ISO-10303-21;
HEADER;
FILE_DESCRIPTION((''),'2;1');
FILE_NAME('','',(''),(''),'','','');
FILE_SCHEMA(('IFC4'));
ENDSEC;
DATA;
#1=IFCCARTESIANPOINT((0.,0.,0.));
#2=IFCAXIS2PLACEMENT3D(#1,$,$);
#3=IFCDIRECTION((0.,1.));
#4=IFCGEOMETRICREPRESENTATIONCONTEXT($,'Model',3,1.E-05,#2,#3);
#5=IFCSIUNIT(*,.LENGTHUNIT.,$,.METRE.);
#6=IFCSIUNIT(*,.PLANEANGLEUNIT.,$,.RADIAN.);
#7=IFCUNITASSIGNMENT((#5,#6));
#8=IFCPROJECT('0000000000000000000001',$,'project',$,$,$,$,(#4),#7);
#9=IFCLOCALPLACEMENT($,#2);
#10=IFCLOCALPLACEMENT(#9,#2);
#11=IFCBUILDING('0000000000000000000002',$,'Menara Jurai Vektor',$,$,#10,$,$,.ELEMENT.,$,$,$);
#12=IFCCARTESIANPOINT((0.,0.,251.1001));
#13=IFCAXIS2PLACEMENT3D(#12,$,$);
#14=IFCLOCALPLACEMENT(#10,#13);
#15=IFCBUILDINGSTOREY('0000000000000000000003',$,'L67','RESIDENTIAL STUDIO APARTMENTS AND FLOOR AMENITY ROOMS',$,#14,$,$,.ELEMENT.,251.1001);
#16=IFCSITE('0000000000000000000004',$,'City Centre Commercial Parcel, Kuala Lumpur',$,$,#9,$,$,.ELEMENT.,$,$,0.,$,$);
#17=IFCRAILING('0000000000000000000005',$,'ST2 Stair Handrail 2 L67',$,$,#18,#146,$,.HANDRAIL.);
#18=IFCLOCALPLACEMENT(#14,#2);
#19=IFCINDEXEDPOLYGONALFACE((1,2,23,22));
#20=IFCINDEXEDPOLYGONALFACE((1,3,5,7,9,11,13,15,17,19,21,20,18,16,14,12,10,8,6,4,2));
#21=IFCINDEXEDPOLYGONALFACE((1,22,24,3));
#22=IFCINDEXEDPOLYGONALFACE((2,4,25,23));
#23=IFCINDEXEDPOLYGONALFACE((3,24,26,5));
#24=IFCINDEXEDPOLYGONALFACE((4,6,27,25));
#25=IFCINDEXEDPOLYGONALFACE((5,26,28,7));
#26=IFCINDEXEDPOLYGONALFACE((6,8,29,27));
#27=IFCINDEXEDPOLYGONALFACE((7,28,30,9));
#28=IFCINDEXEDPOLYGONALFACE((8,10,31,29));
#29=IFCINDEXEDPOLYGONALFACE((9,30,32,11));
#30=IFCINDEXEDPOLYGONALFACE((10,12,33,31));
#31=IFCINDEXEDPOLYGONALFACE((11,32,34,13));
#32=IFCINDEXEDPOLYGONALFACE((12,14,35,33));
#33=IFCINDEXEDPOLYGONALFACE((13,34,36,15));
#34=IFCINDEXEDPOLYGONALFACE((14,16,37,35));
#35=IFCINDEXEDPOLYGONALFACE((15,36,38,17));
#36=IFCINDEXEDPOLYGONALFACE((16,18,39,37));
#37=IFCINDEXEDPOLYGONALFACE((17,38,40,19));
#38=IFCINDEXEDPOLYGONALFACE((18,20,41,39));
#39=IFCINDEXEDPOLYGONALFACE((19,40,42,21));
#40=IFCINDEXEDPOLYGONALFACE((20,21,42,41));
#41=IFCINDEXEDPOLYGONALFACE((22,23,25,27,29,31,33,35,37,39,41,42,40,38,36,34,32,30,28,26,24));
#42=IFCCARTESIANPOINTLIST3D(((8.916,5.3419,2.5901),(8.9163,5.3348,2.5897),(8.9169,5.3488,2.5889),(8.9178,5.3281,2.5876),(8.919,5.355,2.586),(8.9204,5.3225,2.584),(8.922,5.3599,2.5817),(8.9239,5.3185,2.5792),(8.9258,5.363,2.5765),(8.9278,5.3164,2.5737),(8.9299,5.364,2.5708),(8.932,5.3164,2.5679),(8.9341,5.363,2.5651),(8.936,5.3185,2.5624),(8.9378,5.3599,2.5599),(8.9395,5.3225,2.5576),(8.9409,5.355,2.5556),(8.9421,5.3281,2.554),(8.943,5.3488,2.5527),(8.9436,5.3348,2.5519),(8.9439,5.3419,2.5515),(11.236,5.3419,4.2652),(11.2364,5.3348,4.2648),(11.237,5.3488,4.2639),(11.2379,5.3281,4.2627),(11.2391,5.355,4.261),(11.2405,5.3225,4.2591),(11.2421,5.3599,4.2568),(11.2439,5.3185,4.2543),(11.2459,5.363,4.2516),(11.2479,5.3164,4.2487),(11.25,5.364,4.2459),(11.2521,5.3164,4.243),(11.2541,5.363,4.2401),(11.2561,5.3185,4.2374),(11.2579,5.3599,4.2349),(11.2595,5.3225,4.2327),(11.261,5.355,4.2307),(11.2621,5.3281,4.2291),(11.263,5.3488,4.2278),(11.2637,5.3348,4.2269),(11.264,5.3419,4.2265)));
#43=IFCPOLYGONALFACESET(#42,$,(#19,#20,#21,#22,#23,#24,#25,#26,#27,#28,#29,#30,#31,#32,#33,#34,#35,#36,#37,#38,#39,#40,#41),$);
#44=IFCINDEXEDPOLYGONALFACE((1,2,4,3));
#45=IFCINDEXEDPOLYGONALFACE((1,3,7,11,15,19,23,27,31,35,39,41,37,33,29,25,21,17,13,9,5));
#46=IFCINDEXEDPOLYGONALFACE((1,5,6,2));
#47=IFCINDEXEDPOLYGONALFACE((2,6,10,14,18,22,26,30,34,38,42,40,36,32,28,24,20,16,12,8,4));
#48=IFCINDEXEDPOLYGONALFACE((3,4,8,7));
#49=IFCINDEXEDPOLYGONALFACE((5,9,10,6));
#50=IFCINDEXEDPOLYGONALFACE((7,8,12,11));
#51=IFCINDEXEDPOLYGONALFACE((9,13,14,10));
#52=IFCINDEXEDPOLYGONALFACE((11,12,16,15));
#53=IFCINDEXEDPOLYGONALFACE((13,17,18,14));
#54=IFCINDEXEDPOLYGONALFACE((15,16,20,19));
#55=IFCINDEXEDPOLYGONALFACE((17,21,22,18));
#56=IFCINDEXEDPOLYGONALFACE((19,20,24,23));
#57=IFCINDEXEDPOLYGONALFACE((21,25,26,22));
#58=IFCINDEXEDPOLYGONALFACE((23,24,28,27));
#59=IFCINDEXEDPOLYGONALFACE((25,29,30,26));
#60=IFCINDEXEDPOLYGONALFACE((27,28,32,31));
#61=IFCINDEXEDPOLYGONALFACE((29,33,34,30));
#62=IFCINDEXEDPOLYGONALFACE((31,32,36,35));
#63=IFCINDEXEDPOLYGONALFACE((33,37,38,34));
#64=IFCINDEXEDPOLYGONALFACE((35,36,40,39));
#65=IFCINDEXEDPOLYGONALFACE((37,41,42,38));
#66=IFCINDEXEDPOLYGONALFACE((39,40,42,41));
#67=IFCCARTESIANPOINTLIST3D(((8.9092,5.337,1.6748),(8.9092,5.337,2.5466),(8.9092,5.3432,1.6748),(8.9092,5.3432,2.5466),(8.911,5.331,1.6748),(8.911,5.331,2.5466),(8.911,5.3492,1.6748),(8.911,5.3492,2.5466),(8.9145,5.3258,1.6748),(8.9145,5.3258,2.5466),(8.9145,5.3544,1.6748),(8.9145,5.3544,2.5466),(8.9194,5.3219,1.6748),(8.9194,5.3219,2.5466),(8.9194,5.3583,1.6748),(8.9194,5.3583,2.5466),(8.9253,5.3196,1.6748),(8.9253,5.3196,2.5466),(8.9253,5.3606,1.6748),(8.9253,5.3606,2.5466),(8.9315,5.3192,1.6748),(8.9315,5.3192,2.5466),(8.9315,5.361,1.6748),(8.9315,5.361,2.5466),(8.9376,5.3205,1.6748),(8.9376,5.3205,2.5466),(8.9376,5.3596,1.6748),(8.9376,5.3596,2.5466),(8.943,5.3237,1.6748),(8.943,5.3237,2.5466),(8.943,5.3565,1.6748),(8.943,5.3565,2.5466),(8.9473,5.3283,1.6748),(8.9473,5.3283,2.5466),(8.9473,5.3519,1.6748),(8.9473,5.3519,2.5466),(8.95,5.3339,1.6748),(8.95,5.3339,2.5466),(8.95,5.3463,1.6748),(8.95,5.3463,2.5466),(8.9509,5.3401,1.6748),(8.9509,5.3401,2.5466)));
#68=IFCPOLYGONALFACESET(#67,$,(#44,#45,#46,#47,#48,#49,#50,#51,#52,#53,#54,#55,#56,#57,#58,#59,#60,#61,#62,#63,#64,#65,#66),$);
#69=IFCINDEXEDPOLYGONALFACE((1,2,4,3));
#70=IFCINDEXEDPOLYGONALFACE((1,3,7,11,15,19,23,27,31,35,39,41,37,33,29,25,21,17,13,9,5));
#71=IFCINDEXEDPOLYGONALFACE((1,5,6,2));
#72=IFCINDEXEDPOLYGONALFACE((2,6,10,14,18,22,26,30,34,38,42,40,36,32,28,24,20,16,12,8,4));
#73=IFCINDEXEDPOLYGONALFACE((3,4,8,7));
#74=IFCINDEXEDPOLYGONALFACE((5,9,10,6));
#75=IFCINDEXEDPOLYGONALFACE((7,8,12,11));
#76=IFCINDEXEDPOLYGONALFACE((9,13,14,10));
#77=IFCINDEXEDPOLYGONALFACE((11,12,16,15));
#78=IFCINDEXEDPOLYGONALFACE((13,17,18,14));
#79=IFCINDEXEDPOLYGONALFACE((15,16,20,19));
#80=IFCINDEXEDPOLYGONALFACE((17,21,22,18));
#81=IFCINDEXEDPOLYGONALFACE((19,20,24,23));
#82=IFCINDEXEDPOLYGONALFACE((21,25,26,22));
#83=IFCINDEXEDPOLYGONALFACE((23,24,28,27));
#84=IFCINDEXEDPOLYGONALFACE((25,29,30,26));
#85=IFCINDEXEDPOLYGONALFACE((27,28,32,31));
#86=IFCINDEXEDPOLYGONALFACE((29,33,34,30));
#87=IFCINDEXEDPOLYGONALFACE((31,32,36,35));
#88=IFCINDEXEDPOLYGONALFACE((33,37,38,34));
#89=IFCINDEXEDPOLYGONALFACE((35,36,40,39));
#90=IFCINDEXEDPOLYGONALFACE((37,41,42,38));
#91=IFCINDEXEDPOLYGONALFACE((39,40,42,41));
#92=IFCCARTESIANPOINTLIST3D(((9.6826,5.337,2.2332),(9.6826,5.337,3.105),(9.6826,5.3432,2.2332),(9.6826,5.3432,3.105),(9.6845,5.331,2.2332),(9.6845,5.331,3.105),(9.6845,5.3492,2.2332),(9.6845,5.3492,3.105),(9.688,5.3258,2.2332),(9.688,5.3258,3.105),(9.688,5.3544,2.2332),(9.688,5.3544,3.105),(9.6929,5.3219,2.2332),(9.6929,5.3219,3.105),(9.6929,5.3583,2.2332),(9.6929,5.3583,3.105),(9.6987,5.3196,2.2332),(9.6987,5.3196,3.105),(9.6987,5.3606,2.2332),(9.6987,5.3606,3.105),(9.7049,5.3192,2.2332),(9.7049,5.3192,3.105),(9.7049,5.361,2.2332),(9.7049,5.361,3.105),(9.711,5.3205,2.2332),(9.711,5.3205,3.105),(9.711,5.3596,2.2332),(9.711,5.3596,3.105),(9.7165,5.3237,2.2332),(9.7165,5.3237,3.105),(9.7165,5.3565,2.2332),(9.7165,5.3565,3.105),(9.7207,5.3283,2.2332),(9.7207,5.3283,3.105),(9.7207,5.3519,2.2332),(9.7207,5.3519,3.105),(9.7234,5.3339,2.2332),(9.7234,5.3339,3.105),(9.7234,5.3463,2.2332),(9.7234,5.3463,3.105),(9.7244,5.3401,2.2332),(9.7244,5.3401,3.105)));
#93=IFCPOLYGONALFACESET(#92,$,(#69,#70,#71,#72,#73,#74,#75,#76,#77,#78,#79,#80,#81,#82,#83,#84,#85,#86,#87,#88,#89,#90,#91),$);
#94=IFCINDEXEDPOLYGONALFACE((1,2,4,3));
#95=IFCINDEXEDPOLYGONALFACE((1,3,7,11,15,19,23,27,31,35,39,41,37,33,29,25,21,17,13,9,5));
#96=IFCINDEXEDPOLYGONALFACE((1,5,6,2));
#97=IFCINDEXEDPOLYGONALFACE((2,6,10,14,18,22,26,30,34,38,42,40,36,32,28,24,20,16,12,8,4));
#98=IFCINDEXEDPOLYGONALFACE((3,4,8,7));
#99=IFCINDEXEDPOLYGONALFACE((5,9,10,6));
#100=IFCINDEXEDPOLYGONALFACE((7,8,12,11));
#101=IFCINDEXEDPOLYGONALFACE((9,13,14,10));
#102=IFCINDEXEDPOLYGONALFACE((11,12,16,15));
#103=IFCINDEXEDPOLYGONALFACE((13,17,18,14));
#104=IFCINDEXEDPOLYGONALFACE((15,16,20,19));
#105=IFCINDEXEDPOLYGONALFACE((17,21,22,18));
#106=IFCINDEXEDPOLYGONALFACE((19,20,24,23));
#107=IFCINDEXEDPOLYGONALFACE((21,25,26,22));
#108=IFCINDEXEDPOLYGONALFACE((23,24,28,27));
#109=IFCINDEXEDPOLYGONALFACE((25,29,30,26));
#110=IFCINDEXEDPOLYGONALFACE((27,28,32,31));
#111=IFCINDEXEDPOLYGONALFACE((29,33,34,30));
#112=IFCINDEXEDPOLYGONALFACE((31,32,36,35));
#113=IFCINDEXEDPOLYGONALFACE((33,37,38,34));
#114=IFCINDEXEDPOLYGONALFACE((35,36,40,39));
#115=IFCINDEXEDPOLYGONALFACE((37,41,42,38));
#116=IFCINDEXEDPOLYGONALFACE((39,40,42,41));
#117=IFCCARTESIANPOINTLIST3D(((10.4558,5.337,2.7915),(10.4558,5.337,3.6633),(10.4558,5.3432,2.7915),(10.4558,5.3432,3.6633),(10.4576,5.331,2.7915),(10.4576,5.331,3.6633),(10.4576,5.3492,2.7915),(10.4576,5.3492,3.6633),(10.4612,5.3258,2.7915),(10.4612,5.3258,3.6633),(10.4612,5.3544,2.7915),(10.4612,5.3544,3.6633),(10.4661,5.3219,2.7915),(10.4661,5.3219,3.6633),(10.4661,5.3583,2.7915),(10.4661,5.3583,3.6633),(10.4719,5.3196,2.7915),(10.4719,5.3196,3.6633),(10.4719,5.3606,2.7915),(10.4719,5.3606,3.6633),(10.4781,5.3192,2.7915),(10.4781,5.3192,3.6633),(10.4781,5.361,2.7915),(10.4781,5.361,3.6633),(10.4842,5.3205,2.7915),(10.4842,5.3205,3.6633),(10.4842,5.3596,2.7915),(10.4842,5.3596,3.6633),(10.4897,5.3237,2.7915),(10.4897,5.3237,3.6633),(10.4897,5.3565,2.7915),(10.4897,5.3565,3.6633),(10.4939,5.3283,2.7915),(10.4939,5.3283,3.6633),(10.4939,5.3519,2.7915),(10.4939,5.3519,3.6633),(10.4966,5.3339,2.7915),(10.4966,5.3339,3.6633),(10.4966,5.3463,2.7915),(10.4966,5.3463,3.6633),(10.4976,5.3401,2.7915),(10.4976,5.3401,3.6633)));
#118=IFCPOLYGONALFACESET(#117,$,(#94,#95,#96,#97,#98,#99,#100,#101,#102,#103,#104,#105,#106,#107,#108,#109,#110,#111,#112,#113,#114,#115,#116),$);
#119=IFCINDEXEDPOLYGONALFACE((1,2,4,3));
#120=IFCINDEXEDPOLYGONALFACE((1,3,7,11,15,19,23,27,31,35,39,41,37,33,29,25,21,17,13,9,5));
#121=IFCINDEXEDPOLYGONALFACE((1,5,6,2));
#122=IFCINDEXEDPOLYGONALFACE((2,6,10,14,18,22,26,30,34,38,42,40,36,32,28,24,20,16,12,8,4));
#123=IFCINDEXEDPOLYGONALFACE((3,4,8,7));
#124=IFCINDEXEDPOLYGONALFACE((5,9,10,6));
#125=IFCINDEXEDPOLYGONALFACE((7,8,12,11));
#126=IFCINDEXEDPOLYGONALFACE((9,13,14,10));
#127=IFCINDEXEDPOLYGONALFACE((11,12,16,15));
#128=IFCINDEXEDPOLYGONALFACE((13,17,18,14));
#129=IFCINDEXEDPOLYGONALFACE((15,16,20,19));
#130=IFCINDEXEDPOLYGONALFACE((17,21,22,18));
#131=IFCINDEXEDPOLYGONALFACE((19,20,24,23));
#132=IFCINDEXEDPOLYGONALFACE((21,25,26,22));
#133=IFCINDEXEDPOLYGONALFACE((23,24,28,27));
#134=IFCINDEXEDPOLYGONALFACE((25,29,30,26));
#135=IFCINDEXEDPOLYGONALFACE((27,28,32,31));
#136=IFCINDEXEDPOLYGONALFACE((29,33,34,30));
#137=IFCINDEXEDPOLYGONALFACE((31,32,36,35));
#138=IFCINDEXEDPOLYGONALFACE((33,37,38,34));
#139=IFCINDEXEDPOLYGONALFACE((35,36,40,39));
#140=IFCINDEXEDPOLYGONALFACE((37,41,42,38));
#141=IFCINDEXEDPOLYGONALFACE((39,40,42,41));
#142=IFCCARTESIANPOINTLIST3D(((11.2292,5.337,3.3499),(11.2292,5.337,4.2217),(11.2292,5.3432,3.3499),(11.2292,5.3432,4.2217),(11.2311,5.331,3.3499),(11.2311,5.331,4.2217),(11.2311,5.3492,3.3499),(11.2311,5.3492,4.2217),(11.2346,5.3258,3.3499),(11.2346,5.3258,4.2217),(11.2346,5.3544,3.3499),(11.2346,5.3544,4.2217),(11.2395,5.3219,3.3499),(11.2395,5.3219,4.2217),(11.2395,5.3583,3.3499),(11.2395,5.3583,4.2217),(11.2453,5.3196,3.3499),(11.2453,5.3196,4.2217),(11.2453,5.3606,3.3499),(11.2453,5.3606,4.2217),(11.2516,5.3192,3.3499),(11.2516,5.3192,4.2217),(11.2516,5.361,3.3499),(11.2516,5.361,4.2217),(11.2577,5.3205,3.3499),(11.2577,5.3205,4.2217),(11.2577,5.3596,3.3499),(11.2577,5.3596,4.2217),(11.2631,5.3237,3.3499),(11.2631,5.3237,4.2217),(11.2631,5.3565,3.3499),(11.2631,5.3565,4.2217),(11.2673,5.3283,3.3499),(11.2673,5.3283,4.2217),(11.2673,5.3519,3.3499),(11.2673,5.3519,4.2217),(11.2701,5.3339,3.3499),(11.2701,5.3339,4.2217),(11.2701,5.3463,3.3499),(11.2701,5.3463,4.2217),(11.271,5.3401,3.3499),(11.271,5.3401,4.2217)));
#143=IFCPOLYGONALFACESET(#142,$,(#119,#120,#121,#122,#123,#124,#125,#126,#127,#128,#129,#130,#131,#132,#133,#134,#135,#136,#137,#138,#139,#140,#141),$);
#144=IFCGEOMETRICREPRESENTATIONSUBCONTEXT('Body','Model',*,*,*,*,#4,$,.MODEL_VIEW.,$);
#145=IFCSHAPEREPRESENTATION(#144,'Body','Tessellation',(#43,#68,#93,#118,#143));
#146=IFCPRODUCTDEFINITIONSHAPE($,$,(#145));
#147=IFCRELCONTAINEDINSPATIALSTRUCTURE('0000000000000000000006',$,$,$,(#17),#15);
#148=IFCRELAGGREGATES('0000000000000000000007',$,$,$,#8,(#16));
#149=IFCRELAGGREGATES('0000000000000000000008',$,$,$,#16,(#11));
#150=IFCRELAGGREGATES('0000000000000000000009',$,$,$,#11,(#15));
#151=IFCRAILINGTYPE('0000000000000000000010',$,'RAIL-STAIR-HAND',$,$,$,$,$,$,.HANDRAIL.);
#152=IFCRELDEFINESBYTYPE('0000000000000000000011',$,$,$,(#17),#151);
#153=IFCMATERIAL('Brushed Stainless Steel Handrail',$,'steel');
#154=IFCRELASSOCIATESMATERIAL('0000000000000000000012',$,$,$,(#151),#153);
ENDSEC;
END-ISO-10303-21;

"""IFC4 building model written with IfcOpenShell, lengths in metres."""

from ifc_helpers import new_model, si_unit, direction, frame, origin, origin_2d, place, context, subcontext, project, spatial, circle, extrude, material, type_object, element, save


model = new_model("IFC4")

# Units and contexts
model_context = context("Model", 3, precision=1e-05, world=origin(), true_north=direction((0.0, 1.0)))
body_context = subcontext(model_context, "Body", "Model", "MODEL_VIEW")
ifc_project = project(units=[si_unit("LENGTHUNIT", "METRE"), si_unit("PLANEANGLEUNIT", "RADIAN")], contexts=[model_context])

# Site, building, storey
site_placement = place(None, origin())
site = spatial("IfcSite", under=ifc_project, at=site_placement, Name="City Centre Commercial Parcel, Kuala Lumpur", CompositionType="ELEMENT", RefElevation=0.0)
building_placement = place(site_placement, origin())
building = spatial("IfcBuilding", under=site, at=building_placement, Name="Menara Jurai Vektor", CompositionType="ELEMENT")
storey_placement = place(building_placement, frame((0.0, 0.0, 251.1001)))
storey = spatial("IfcBuildingStorey", under=building, at=storey_placement, Name="L67", Description="RESIDENTIAL STUDIO APARTMENTS AND FLOOR AMENITY ROOMS", CompositionType="ELEMENT", Elevation=251.1001)

# Railing
ifc_material_1 = material(Name="Brushed Stainless Steel Handrail", Category="steel")
railing_type_1 = type_object("IfcRailingType", Name="RAIL-STAIR-HAND", PredefinedType="HANDRAIL", material=ifc_material_1)
railing_1_placement = place(storey_placement, frame((8.9299, 5.3401, 1.6748)))
element("IfcRailing", 1, at=railing_1_placement, inside=storey, type_object=railing_type_1, Name="ST2 Stair Handrail 2 L67", PredefinedType="HANDRAIL", context=body_context, shape_type="SweptSolid", body=[
    extrude(circle(Radius=0.0239, at=origin_2d()), frame((0.0, 0.0, 0.896), z_axis=(0.810771, 0.0, 0.585363), x_axis=(0.0, 1.0, 0.0)), (0.0, 0.0, 1.0), 2.8616),
    extrude(circle(Radius=0.021, at=origin_2d()), origin(), (0.0, 0.0, 1.0), 0.8718),
    extrude(circle(Radius=0.021, at=origin_2d()), frame((0.7734, 0.0, 0.5583)), (0.0, 0.0, 1.0), 0.8718),
    extrude(circle(Radius=0.021, at=origin_2d()), frame((1.5466, 0.0, 1.1167)), (0.0, 0.0, 1.0), 0.8718),
    extrude(circle(Radius=0.021, at=origin_2d()), frame((2.3201, 0.0, 1.675)), (0.0, 0.0, 1.0), 0.8718),
])

save(model, "model.ifc")
